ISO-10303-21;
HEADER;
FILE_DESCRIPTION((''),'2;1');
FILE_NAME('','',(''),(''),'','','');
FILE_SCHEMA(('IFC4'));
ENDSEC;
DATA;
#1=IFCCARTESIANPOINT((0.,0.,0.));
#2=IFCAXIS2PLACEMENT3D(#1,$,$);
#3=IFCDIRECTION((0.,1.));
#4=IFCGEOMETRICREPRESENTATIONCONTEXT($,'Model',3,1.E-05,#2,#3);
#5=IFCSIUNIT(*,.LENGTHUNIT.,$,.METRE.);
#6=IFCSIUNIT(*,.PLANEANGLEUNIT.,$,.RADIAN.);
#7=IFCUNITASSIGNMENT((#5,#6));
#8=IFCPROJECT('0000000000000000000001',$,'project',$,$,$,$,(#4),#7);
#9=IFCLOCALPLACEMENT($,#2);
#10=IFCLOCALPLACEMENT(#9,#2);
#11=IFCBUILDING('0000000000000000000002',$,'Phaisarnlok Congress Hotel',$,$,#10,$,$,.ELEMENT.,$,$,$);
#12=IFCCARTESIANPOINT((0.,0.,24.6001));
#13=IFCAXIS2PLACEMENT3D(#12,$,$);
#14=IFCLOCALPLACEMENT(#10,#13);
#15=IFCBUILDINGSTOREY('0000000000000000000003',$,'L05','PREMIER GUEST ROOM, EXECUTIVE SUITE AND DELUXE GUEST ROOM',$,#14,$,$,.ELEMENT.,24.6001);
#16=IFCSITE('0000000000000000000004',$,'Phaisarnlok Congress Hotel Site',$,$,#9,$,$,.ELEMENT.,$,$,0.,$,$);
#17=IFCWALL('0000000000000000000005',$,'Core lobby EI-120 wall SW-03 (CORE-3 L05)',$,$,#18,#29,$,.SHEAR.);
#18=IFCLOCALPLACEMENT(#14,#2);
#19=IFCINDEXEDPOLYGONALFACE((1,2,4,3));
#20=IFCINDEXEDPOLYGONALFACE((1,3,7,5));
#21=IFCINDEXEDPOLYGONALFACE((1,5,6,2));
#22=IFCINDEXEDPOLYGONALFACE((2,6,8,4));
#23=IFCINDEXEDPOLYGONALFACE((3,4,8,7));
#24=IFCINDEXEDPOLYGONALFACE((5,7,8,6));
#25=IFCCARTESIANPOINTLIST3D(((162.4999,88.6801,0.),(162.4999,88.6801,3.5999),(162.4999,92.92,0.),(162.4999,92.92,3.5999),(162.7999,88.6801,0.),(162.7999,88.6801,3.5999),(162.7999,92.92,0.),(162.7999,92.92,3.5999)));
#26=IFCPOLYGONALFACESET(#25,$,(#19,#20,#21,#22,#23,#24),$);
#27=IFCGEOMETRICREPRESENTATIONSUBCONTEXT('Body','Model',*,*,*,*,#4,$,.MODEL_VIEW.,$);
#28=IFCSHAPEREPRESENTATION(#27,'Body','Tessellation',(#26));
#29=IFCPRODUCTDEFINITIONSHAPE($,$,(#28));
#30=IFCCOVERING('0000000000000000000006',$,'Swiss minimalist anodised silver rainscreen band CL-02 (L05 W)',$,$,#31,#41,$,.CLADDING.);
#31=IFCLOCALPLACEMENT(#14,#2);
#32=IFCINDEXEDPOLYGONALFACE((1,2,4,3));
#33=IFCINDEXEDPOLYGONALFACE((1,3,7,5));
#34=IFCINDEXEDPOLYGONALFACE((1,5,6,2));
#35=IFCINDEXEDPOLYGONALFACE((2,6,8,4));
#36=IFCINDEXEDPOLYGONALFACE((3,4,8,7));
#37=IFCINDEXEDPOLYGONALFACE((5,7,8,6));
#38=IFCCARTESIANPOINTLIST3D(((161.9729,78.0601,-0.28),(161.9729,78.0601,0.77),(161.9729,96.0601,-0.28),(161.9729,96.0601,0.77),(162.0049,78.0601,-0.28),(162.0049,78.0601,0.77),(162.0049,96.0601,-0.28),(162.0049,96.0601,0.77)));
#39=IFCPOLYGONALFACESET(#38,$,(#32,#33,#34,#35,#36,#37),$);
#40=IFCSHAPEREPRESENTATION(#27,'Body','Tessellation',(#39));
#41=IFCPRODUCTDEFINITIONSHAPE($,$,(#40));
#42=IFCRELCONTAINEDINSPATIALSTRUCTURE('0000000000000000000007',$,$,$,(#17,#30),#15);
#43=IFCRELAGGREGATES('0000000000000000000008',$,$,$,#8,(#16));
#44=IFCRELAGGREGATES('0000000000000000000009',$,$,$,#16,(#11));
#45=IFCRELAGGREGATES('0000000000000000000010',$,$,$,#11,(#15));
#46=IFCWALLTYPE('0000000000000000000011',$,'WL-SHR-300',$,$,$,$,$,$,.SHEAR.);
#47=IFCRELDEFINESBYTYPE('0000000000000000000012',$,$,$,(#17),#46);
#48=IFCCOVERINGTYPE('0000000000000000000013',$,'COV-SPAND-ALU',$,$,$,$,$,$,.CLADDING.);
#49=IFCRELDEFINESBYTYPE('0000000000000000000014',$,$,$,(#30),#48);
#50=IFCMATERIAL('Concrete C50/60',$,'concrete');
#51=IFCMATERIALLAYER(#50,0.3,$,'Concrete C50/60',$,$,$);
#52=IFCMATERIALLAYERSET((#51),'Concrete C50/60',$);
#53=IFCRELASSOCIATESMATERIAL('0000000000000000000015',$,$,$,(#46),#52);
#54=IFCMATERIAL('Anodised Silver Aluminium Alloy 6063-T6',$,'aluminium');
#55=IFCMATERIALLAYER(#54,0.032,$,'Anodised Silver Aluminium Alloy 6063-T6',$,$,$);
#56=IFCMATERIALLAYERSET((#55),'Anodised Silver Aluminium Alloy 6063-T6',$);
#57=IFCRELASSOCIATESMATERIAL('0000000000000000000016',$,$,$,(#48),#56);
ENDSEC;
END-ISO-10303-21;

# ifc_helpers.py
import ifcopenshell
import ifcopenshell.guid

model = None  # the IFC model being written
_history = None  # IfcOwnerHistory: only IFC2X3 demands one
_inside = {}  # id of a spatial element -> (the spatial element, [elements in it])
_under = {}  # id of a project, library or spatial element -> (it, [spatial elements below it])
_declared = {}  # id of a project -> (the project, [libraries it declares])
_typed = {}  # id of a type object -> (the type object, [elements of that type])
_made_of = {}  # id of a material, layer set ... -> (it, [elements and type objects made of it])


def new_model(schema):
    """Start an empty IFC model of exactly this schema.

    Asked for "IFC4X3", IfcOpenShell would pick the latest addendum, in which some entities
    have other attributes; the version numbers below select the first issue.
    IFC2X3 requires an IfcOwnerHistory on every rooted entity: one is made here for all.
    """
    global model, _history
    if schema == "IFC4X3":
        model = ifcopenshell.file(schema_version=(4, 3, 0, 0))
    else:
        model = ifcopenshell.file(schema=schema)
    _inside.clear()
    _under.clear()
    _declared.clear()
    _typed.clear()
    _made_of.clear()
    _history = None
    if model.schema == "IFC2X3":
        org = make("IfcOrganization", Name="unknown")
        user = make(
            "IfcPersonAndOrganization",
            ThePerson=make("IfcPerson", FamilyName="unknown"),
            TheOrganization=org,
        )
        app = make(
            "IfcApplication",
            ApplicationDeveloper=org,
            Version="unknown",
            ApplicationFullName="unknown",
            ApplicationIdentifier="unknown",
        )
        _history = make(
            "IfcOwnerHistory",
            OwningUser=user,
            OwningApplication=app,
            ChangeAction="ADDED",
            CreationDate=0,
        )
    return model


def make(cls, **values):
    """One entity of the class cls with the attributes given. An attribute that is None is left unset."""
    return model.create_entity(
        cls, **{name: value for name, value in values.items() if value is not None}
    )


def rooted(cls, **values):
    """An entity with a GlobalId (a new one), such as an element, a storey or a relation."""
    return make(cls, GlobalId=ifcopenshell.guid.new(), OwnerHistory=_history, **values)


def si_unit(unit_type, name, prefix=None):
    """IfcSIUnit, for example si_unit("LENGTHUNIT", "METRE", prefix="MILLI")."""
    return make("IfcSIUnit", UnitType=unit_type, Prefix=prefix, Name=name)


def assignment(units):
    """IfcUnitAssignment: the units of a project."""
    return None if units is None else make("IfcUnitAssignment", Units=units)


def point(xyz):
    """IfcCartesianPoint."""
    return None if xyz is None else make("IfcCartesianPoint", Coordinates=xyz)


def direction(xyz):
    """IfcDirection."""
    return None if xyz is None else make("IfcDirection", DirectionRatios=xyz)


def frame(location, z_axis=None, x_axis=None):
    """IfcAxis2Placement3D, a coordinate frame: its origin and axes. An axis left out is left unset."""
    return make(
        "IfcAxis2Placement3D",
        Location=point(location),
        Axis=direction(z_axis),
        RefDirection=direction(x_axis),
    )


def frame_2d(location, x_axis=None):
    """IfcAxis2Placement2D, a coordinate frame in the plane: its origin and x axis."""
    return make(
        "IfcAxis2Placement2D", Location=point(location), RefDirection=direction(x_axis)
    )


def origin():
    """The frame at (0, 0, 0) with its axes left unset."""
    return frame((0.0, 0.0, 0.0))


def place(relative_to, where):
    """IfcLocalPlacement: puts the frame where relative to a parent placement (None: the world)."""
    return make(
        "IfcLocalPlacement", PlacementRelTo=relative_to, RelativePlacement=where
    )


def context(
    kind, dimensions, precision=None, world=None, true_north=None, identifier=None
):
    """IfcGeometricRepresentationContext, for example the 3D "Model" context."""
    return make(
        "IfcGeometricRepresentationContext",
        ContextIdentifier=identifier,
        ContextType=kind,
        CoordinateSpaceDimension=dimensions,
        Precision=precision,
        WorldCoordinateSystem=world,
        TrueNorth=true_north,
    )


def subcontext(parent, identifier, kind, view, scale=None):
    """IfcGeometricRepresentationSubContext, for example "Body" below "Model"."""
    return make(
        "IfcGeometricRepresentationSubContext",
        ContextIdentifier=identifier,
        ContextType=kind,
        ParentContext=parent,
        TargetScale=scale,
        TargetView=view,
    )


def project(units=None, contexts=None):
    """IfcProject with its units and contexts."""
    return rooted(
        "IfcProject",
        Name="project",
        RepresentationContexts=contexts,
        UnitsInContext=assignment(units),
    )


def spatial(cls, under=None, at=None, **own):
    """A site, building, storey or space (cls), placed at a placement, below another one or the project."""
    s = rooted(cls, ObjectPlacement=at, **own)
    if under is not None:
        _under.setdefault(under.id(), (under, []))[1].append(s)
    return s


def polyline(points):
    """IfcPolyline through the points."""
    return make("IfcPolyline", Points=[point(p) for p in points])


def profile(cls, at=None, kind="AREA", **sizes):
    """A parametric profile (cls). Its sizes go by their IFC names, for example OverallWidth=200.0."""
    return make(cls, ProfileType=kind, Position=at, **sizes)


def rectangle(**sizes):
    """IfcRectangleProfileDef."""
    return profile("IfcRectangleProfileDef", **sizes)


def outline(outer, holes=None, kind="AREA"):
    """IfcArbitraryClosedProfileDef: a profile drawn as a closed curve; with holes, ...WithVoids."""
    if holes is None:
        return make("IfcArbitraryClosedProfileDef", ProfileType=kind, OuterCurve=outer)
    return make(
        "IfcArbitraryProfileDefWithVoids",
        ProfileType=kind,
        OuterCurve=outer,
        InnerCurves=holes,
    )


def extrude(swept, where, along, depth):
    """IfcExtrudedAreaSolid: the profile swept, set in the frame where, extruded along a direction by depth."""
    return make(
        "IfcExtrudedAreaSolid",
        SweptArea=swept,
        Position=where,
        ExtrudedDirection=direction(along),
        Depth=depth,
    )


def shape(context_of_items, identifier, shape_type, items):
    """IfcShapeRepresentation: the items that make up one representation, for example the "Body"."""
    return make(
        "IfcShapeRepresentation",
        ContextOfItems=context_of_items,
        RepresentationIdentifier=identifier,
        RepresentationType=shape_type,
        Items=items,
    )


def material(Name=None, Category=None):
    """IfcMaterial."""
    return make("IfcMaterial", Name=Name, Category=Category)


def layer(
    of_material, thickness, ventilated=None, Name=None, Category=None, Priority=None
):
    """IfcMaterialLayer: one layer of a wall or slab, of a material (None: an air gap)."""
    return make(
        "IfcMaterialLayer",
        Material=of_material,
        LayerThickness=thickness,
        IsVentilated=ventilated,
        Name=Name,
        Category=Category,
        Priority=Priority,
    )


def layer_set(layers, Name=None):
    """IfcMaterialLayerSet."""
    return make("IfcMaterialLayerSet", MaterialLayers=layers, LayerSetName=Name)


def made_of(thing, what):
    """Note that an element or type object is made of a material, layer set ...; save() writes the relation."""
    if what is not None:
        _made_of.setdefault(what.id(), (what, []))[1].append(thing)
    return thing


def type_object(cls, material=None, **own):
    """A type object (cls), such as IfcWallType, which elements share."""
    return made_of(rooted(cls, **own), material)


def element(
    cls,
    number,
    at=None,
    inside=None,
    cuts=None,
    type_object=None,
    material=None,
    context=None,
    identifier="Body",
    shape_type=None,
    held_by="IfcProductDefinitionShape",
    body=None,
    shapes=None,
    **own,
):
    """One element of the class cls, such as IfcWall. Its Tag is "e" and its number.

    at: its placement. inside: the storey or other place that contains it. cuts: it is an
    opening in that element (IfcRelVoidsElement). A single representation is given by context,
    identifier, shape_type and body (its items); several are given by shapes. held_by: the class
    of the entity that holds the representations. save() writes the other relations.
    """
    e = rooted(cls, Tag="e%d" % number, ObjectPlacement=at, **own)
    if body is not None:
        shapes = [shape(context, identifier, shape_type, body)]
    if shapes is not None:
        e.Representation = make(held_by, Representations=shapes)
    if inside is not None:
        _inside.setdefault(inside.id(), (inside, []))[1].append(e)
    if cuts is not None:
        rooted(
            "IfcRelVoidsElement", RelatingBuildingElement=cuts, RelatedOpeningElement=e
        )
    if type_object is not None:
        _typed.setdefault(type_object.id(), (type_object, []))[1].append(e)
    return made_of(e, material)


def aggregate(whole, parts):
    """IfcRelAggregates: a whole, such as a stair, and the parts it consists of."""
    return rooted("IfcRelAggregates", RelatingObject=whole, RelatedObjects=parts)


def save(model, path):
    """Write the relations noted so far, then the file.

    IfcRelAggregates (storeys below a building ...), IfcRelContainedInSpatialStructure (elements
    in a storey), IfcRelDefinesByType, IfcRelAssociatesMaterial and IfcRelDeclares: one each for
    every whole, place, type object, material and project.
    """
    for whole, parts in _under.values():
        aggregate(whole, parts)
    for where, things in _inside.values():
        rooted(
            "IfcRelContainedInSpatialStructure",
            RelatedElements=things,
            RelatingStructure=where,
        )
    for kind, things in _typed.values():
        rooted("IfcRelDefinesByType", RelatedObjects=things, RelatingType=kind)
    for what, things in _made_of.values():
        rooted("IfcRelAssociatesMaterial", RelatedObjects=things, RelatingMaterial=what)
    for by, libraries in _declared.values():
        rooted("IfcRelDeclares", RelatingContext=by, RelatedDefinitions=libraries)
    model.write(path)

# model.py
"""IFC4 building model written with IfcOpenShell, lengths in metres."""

from ifc_helpers import new_model, si_unit, direction, frame, frame_2d, origin, place, context, subcontext, project, spatial, polyline, rectangle, outline, extrude, material, layer, layer_set, type_object, element, save


model = new_model("IFC4")

# Units and contexts
model_context = context("Model", 3, precision=1e-05, world=origin(), true_north=direction((0.0, 1.0)))
body_context = subcontext(model_context, "Body", "Model", "MODEL_VIEW")
ifc_project = project(units=[si_unit("LENGTHUNIT", "METRE"), si_unit("PLANEANGLEUNIT", "RADIAN")], contexts=[model_context])

# Site, building, storey
site_placement = place(None, origin())
site = spatial("IfcSite", under=ifc_project, at=site_placement, Name="Phaisarnlok Congress Hotel Site", CompositionType="ELEMENT", RefElevation=0.0)
building_placement = place(site_placement, origin())
building = spatial("IfcBuilding", under=site, at=building_placement, Name="Phaisarnlok Congress Hotel", CompositionType="ELEMENT")
storey_placement = place(building_placement, frame((0.0, 0.0, 24.6001)))
storey = spatial("IfcBuildingStorey", under=building, at=storey_placement, Name="L05", Description="PREMIER GUEST ROOM, EXECUTIVE SUITE AND DELUXE GUEST ROOM", CompositionType="ELEMENT", Elevation=24.6001)

# Shared definitions
ifc_material_1 = material(Name="Concrete C50/60", Category="concrete")

# Shared definitions
ifc_layer_1 = layer(ifc_material_1, 0.3, Name="Concrete C50/60")
ifc_layer_set_1 = layer_set([ifc_layer_1], Name="Concrete C50/60")
wall_type_1 = type_object("IfcWallType", Name="WL-SHR-300", PredefinedType="SHEAR", material=ifc_layer_set_1)

# Wall
wall_1_placement = place(storey_placement, frame((162.6499, 88.6799, 0.0), z_axis=(0.0, 0.0, 1.0), x_axis=(0.0, 1.0, 0.0)))
element("IfcWall", 1, at=wall_1_placement, inside=storey, type_object=wall_type_1, Name="Core lobby EI-120 wall SW-03 (CORE-3 L05)", PredefinedType="SHEAR", context=body_context, shape_type="SweptSolid", body=[
    extrude(rectangle(XDim=4.24, YDim=0.3, at=frame_2d((2.1201, 0.0))), origin(), (0.0, 0.0, 1.0), 3.5999),
])

# Covering
ifc_material_2 = material(Name="Anodised Silver Aluminium Alloy 6063-T6", Category="aluminium")
ifc_layer_2 = layer(ifc_material_2, 0.032, Name="Anodised Silver Aluminium Alloy 6063-T6")
ifc_layer_set_2 = layer_set([ifc_layer_2], Name="Anodised Silver Aluminium Alloy 6063-T6")
covering_type = type_object("IfcCoveringType", Name="COV-SPAND-ALU", PredefinedType="CLADDING", material=ifc_layer_set_2)
covering_placement = place(storey_placement, frame((162.0049, 96.0601, -0.28), z_axis=(-1.0, 0.0, 0.0), x_axis=(0.0, -1.0, 0.0)))
element("IfcCovering", 2, at=covering_placement, inside=storey, type_object=covering_type, Name="Swiss minimalist anodised silver rainscreen band CL-02 (L05 W)", PredefinedType="CLADDING", context=body_context, shape_type="SweptSolid", body=[
    extrude(outline(polyline([(0.0, 0.0), (18.0, 0.0), (18.0, 1.05), (0.0, 1.05), (0.0, 0.0)])), origin(), (0.0, 0.0, 1.0), 0.032),
])

save(model, "model.ifc")
